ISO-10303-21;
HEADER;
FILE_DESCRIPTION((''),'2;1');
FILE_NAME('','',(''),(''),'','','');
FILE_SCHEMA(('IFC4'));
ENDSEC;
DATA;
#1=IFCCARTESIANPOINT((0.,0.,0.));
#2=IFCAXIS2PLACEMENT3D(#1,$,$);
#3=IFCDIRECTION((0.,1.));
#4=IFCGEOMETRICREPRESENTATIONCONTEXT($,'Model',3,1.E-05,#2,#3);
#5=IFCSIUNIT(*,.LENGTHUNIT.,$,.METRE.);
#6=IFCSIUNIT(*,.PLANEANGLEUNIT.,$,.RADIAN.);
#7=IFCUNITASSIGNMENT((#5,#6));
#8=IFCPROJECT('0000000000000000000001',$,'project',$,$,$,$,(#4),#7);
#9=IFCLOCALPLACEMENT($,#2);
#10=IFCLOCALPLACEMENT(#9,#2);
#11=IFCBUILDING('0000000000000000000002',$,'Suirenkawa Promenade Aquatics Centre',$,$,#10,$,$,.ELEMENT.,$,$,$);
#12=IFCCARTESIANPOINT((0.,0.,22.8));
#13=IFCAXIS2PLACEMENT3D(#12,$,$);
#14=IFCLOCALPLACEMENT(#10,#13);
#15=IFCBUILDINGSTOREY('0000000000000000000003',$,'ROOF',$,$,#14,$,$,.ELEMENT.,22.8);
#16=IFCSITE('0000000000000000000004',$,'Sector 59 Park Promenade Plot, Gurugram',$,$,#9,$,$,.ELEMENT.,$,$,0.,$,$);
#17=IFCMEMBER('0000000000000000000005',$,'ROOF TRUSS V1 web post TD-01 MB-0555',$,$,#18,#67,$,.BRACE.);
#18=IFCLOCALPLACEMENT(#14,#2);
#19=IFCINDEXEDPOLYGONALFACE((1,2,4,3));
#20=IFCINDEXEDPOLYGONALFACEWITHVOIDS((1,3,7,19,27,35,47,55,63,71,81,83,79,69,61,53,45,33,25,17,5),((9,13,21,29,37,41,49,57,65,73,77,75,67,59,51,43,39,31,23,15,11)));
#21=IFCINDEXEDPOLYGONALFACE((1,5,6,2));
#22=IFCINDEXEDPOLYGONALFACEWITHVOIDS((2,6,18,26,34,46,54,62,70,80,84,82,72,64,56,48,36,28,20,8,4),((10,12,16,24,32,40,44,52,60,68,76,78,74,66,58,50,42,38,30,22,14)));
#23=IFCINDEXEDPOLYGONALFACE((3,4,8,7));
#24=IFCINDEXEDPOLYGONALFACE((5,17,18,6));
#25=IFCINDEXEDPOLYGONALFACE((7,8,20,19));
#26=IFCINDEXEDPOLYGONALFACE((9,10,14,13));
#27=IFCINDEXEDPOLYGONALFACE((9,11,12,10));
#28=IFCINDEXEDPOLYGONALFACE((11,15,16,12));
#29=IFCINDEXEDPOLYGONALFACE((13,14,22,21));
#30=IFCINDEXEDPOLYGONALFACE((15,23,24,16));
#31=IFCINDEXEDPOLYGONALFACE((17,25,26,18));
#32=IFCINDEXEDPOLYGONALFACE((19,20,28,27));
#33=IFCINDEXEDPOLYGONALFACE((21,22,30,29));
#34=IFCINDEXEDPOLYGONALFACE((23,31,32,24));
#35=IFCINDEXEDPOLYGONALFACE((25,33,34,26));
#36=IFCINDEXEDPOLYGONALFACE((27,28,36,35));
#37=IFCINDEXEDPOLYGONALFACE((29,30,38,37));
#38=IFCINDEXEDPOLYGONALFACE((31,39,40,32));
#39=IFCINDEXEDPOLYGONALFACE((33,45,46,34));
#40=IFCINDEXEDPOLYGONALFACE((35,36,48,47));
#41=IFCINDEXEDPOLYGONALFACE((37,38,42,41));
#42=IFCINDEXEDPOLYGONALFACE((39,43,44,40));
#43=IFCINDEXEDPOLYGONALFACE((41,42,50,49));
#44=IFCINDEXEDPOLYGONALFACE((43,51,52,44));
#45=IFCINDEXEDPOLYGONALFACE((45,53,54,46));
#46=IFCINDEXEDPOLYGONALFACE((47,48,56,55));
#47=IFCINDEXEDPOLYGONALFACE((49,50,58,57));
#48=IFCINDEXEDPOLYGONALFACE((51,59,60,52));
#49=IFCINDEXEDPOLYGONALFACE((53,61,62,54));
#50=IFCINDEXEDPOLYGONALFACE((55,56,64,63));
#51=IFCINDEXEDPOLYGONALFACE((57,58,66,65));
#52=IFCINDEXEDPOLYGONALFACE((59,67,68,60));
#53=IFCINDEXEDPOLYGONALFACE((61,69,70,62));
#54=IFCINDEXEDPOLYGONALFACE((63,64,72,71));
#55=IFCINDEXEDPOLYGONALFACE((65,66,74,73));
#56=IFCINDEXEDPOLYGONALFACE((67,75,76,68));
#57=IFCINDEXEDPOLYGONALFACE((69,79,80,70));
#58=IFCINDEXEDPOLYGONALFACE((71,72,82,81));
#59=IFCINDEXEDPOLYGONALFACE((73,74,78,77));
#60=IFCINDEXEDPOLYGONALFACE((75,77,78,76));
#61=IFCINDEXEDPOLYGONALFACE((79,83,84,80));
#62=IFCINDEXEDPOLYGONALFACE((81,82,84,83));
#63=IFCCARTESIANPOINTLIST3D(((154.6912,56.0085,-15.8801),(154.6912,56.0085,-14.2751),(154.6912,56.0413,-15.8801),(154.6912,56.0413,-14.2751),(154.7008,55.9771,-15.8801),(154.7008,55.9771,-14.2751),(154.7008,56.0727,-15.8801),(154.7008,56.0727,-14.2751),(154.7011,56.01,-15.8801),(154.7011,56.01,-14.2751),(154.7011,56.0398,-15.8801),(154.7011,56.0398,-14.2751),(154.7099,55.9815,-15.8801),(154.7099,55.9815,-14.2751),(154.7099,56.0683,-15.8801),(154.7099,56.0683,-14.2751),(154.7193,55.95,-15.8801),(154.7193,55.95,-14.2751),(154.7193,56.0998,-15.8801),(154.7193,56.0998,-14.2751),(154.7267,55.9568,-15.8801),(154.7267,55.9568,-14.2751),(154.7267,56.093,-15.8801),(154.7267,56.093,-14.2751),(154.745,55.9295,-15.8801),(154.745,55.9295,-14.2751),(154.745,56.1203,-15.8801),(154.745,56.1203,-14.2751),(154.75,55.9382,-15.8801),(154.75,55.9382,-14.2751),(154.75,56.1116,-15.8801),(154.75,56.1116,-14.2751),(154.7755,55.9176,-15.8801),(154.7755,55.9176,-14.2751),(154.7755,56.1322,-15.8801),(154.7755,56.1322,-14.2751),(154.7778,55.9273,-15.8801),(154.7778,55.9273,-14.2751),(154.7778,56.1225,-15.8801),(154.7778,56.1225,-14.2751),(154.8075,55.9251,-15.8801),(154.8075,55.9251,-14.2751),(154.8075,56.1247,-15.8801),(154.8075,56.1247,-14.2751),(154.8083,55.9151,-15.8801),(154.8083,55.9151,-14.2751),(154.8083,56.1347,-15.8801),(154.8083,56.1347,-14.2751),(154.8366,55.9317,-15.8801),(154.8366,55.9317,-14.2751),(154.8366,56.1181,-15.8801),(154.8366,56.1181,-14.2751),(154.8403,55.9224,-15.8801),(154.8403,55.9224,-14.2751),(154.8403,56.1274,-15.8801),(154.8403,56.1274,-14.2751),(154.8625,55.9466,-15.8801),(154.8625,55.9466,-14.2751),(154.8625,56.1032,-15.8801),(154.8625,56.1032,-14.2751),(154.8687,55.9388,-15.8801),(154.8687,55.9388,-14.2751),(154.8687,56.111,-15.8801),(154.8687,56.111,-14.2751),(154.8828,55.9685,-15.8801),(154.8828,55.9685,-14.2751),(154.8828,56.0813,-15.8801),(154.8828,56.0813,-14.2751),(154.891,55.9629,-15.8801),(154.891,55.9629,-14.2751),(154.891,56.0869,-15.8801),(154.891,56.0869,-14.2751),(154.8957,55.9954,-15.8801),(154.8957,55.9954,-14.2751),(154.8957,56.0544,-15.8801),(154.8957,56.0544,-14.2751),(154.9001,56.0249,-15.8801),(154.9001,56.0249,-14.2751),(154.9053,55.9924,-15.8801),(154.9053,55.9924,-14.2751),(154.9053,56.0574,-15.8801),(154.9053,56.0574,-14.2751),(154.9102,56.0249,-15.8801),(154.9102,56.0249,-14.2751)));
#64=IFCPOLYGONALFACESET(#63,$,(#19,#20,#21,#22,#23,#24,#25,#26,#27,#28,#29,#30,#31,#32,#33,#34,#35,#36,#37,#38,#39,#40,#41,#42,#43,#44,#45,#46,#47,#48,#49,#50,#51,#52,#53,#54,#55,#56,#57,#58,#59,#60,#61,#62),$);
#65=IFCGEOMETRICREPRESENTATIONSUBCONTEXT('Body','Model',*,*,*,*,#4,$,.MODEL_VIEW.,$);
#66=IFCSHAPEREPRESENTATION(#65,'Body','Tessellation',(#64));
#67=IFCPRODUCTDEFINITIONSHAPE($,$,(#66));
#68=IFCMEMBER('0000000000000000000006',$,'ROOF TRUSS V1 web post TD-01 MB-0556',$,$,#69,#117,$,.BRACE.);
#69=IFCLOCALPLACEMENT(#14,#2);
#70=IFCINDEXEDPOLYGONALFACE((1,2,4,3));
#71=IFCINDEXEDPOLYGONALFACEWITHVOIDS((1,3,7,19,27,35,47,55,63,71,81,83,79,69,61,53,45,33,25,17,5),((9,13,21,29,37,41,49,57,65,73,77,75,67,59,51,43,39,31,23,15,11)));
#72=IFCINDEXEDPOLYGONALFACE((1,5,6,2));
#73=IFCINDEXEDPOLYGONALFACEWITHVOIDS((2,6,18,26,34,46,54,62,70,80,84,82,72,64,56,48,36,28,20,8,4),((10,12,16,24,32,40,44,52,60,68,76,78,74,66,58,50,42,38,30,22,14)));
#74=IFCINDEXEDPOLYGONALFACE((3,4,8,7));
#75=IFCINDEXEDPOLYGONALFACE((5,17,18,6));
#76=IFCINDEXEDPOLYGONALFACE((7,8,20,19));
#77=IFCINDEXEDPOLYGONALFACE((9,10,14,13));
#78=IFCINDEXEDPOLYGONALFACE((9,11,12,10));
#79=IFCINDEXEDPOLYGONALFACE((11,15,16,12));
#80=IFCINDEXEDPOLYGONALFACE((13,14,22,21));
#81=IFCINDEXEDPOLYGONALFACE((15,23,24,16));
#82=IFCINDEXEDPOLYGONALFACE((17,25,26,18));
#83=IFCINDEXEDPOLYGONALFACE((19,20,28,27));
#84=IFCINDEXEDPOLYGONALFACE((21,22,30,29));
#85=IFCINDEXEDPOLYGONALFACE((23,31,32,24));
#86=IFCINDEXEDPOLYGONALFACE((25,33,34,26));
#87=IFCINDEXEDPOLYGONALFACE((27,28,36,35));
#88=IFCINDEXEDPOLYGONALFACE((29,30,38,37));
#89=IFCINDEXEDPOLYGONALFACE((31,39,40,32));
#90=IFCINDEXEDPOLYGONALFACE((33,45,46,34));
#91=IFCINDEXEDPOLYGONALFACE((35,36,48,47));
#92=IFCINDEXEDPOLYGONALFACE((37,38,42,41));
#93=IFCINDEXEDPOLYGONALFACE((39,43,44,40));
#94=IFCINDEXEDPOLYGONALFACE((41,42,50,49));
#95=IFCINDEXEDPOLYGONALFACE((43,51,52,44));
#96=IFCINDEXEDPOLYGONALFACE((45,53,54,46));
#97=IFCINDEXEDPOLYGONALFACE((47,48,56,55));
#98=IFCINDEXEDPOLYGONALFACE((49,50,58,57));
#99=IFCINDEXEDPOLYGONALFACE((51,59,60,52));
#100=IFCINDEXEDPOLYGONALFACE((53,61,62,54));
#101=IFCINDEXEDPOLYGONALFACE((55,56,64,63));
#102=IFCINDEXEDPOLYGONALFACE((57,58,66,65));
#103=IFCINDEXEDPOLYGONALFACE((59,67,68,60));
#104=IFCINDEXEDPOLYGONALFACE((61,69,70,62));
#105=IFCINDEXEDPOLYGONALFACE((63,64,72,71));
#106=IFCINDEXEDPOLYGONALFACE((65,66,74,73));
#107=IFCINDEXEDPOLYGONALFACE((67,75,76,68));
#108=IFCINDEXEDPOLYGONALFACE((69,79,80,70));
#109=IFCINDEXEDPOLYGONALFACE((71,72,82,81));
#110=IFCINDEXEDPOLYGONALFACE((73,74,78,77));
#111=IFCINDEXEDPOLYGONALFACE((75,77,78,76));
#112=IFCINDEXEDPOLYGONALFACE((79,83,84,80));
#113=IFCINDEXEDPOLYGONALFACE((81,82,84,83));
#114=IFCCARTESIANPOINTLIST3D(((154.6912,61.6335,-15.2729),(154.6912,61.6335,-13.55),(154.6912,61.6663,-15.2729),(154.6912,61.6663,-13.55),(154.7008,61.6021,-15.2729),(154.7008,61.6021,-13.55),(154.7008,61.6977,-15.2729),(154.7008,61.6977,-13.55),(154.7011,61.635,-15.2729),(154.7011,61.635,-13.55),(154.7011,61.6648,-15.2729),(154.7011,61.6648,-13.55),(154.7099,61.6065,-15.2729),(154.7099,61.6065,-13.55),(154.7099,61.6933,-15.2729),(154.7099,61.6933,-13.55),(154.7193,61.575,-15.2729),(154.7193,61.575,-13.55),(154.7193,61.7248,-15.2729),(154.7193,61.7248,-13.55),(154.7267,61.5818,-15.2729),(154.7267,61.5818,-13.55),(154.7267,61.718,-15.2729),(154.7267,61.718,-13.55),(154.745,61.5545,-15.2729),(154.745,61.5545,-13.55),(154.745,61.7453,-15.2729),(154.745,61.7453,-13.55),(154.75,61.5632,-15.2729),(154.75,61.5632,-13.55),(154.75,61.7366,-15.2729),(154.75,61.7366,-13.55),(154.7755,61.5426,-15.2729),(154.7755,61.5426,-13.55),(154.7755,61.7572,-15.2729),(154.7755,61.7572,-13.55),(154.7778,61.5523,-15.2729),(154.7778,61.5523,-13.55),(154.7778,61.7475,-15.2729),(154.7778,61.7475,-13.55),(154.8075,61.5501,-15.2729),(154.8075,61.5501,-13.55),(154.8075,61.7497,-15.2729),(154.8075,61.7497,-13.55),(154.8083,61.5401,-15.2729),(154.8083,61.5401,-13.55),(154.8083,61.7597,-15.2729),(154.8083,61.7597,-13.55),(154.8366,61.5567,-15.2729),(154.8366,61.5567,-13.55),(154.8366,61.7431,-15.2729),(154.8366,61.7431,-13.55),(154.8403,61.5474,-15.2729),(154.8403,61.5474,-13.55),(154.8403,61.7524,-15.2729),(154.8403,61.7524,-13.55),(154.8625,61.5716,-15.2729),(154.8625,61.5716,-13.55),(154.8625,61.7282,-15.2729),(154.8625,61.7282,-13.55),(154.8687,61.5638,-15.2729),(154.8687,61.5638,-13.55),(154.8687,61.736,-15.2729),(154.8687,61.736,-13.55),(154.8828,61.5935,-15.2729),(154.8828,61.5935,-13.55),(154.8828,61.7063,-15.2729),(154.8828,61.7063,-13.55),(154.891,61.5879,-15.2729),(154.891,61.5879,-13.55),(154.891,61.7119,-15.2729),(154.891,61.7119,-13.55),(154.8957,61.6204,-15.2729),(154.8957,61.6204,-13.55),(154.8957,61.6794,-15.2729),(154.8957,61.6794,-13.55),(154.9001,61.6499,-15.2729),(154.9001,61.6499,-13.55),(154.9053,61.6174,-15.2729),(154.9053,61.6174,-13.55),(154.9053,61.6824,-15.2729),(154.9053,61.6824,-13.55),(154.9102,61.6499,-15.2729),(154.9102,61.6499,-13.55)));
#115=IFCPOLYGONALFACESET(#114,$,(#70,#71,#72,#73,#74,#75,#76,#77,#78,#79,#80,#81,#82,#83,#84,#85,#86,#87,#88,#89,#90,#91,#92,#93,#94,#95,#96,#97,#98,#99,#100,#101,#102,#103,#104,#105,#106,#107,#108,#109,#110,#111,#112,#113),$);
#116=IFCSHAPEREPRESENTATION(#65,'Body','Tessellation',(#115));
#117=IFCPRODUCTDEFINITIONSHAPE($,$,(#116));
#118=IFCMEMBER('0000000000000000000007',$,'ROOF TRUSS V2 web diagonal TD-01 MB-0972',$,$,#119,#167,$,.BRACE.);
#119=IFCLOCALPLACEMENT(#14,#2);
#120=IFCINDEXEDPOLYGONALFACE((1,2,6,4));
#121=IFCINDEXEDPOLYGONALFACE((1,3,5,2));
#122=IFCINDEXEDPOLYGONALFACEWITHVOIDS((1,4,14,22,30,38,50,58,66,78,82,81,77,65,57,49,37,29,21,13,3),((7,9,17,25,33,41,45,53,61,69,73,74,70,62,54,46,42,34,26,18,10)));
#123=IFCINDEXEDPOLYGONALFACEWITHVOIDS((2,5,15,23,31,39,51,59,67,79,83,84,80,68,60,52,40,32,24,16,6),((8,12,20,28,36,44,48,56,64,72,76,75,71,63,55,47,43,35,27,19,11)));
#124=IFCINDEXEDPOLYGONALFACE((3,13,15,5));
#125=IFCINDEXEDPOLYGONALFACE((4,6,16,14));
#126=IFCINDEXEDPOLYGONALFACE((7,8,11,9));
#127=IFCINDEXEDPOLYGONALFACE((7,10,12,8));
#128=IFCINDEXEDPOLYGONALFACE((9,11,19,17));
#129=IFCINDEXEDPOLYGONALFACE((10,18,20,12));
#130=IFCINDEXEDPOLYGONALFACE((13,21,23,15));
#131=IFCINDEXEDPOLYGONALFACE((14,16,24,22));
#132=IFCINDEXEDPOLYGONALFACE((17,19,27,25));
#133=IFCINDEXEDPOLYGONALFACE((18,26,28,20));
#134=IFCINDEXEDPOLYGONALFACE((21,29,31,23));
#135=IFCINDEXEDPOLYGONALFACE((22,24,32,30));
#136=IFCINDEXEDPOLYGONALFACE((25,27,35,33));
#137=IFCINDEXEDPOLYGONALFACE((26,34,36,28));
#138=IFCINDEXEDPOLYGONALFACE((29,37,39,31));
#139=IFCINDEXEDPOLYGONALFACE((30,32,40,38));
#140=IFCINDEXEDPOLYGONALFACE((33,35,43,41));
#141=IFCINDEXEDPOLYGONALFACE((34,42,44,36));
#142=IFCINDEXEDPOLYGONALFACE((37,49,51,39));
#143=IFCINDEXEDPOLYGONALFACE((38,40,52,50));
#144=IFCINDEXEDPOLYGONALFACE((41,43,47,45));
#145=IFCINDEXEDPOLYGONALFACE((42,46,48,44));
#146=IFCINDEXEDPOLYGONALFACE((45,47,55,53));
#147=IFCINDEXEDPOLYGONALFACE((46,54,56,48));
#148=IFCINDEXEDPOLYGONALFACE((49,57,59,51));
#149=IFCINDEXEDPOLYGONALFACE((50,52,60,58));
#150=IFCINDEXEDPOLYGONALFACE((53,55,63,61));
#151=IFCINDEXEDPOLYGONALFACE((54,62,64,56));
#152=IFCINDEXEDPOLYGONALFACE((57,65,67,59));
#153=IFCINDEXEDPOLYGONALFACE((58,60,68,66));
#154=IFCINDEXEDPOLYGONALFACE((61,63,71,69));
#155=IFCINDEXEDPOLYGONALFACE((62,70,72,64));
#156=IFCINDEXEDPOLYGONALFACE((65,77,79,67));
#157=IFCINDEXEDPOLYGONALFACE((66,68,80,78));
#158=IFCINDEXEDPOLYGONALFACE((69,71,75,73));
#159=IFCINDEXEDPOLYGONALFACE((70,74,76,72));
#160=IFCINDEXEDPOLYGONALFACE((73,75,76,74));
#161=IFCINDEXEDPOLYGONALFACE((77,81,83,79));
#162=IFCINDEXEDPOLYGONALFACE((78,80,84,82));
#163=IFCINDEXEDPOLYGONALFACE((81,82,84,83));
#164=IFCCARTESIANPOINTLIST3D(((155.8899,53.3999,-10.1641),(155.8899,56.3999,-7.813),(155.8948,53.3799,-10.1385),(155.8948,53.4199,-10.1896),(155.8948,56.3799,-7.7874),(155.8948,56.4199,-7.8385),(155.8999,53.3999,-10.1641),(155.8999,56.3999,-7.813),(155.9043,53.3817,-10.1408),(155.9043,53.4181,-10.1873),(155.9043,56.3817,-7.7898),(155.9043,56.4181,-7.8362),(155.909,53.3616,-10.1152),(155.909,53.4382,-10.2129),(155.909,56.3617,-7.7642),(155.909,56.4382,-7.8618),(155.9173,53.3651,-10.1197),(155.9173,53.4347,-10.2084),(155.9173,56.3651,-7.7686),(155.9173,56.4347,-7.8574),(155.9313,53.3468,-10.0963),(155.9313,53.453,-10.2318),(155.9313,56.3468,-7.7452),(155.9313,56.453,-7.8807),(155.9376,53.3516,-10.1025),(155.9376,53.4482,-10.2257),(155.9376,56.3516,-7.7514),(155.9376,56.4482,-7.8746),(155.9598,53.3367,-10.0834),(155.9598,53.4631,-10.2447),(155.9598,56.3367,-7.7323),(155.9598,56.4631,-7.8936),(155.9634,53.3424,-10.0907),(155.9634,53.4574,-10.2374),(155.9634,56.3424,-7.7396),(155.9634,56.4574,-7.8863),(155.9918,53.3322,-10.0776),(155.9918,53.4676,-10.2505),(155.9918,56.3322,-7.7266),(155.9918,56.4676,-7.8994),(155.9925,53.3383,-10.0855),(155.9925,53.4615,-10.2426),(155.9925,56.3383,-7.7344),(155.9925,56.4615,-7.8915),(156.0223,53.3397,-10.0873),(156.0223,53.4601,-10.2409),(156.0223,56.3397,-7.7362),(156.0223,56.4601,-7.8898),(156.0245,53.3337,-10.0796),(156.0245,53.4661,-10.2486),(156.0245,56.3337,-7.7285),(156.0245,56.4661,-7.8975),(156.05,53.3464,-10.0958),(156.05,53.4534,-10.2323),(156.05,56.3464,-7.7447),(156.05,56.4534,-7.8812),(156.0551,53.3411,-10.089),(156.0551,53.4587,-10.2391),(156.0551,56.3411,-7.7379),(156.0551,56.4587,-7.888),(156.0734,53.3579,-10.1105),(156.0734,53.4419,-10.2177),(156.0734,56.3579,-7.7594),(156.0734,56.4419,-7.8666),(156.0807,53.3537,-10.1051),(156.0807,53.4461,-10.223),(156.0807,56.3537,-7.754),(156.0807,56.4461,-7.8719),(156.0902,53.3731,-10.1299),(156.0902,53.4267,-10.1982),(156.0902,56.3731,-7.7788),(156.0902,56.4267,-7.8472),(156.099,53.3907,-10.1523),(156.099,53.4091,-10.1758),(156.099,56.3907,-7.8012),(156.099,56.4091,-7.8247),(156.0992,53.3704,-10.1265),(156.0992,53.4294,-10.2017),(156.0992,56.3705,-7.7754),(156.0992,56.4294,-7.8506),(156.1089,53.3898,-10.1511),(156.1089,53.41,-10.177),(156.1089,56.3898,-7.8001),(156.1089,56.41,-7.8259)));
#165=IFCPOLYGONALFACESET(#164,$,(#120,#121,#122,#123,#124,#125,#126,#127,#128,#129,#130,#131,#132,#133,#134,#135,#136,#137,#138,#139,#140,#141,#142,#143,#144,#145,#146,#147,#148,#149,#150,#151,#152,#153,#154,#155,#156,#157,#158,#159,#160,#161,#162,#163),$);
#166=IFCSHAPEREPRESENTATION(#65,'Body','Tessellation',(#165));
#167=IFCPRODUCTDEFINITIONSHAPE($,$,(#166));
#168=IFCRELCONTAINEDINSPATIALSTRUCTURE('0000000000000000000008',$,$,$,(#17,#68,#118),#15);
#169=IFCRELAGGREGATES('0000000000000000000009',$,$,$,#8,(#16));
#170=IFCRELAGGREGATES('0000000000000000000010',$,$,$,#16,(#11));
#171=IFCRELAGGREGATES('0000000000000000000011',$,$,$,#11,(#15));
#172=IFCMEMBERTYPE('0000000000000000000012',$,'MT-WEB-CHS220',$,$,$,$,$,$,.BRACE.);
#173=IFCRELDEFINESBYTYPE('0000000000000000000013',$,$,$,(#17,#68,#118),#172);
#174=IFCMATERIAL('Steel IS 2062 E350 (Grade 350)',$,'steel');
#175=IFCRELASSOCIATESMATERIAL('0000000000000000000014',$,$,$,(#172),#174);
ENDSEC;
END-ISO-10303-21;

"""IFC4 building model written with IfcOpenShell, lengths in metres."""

from ifc_helpers import new_model, si_unit, direction, frame, origin, origin_2d, place, context, subcontext, project, spatial, hollow_circle, extrude, material, material_profile, profile_set, type_object, element, save


model = new_model("IFC4")

# Units and contexts
model_context = context("Model", 3, precision=1e-05, world=origin(), true_north=direction((0.0, 1.0)))
body_context = subcontext(model_context, "Body", "Model", "MODEL_VIEW")
ifc_project = project(units=[si_unit("LENGTHUNIT", "METRE"), si_unit("PLANEANGLEUNIT", "RADIAN")], contexts=[model_context])

# Site, building, storey
site_placement = place(None, origin())
site = spatial("IfcSite", under=ifc_project, at=site_placement, Name="Sector 59 Park Promenade Plot, Gurugram", CompositionType="ELEMENT", RefElevation=0.0)
building_placement = place(site_placement, origin())
building = spatial("IfcBuilding", under=site, at=building_placement, Name="Suirenkawa Promenade Aquatics Centre", CompositionType="ELEMENT")
storey_placement = place(building_placement, frame((0.0, 0.0, 22.8)))
storey = spatial("IfcBuildingStorey", under=building, at=storey_placement, Name="ROOF", CompositionType="ELEMENT", Elevation=22.8)

# Shared definitions
ifc_material = material(Name="Steel IS 2062 E350 (Grade 350)", Category="steel")

# Members
ifc_material_profile_1 = material_profile(ifc_material, hollow_circle(Radius=0.1101, WallThickness=0.01, at=origin_2d()), Name="CHS 220x10", Category="steel")
ifc_profile_set_1 = profile_set([ifc_material_profile_1], Name="Steel IS 2062 E350 (Grade 350)")
member_type_1 = type_object("IfcMemberType", Name="MT-WEB-CHS220", PredefinedType="BRACE", material=ifc_profile_set_1)
member_1_placement = place(storey_placement, frame((154.8, 56.0249, -15.8801), z_axis=(0.0, 0.0, 1.0), x_axis=(1.0, 0.0, 0.0)))
element("IfcMember", 1, at=member_1_placement, inside=storey, type_object=member_type_1, Name="ROOF TRUSS V1 web post TD-01 MB-0555", PredefinedType="BRACE", context=body_context, shape_type="SweptSolid", body=[
    extrude(hollow_circle(Radius=0.1101, WallThickness=0.01, at=origin_2d()), origin(), (0.0, 0.0, 1.0), 1.605),
])
member_2_placement = place(storey_placement, frame((154.8, 61.6499, -15.2729), z_axis=(0.0, 0.0, 1.0), x_axis=(1.0, 0.0, 0.0)))
element("IfcMember", 2, at=member_2_placement, inside=storey, type_object=member_type_1, Name="ROOF TRUSS V1 web post TD-01 MB-0556", PredefinedType="BRACE", context=body_context, shape_type="SweptSolid", body=[
    extrude(hollow_circle(Radius=0.1101, WallThickness=0.01, at=origin_2d()), origin(), (0.0, 0.0, 1.0), 1.7229),
])
member_3_placement = place(storey_placement, frame((156.0, 53.3999, -10.1641), z_axis=(0.0, 0.787091, 0.616837), x_axis=(-1.0, 0.0, 0.0)))
element("IfcMember", 3, at=member_3_placement, inside=storey, type_object=member_type_1, Name="ROOF TRUSS V2 web diagonal TD-01 MB-0972", PredefinedType="BRACE", context=body_context, shape_type="SweptSolid", body=[
    extrude(hollow_circle(Radius=0.1101, WallThickness=0.01, at=origin_2d()), origin(), (0.0, 0.0, 1.0), 3.8115),
])

save(model, "model.ifc")
